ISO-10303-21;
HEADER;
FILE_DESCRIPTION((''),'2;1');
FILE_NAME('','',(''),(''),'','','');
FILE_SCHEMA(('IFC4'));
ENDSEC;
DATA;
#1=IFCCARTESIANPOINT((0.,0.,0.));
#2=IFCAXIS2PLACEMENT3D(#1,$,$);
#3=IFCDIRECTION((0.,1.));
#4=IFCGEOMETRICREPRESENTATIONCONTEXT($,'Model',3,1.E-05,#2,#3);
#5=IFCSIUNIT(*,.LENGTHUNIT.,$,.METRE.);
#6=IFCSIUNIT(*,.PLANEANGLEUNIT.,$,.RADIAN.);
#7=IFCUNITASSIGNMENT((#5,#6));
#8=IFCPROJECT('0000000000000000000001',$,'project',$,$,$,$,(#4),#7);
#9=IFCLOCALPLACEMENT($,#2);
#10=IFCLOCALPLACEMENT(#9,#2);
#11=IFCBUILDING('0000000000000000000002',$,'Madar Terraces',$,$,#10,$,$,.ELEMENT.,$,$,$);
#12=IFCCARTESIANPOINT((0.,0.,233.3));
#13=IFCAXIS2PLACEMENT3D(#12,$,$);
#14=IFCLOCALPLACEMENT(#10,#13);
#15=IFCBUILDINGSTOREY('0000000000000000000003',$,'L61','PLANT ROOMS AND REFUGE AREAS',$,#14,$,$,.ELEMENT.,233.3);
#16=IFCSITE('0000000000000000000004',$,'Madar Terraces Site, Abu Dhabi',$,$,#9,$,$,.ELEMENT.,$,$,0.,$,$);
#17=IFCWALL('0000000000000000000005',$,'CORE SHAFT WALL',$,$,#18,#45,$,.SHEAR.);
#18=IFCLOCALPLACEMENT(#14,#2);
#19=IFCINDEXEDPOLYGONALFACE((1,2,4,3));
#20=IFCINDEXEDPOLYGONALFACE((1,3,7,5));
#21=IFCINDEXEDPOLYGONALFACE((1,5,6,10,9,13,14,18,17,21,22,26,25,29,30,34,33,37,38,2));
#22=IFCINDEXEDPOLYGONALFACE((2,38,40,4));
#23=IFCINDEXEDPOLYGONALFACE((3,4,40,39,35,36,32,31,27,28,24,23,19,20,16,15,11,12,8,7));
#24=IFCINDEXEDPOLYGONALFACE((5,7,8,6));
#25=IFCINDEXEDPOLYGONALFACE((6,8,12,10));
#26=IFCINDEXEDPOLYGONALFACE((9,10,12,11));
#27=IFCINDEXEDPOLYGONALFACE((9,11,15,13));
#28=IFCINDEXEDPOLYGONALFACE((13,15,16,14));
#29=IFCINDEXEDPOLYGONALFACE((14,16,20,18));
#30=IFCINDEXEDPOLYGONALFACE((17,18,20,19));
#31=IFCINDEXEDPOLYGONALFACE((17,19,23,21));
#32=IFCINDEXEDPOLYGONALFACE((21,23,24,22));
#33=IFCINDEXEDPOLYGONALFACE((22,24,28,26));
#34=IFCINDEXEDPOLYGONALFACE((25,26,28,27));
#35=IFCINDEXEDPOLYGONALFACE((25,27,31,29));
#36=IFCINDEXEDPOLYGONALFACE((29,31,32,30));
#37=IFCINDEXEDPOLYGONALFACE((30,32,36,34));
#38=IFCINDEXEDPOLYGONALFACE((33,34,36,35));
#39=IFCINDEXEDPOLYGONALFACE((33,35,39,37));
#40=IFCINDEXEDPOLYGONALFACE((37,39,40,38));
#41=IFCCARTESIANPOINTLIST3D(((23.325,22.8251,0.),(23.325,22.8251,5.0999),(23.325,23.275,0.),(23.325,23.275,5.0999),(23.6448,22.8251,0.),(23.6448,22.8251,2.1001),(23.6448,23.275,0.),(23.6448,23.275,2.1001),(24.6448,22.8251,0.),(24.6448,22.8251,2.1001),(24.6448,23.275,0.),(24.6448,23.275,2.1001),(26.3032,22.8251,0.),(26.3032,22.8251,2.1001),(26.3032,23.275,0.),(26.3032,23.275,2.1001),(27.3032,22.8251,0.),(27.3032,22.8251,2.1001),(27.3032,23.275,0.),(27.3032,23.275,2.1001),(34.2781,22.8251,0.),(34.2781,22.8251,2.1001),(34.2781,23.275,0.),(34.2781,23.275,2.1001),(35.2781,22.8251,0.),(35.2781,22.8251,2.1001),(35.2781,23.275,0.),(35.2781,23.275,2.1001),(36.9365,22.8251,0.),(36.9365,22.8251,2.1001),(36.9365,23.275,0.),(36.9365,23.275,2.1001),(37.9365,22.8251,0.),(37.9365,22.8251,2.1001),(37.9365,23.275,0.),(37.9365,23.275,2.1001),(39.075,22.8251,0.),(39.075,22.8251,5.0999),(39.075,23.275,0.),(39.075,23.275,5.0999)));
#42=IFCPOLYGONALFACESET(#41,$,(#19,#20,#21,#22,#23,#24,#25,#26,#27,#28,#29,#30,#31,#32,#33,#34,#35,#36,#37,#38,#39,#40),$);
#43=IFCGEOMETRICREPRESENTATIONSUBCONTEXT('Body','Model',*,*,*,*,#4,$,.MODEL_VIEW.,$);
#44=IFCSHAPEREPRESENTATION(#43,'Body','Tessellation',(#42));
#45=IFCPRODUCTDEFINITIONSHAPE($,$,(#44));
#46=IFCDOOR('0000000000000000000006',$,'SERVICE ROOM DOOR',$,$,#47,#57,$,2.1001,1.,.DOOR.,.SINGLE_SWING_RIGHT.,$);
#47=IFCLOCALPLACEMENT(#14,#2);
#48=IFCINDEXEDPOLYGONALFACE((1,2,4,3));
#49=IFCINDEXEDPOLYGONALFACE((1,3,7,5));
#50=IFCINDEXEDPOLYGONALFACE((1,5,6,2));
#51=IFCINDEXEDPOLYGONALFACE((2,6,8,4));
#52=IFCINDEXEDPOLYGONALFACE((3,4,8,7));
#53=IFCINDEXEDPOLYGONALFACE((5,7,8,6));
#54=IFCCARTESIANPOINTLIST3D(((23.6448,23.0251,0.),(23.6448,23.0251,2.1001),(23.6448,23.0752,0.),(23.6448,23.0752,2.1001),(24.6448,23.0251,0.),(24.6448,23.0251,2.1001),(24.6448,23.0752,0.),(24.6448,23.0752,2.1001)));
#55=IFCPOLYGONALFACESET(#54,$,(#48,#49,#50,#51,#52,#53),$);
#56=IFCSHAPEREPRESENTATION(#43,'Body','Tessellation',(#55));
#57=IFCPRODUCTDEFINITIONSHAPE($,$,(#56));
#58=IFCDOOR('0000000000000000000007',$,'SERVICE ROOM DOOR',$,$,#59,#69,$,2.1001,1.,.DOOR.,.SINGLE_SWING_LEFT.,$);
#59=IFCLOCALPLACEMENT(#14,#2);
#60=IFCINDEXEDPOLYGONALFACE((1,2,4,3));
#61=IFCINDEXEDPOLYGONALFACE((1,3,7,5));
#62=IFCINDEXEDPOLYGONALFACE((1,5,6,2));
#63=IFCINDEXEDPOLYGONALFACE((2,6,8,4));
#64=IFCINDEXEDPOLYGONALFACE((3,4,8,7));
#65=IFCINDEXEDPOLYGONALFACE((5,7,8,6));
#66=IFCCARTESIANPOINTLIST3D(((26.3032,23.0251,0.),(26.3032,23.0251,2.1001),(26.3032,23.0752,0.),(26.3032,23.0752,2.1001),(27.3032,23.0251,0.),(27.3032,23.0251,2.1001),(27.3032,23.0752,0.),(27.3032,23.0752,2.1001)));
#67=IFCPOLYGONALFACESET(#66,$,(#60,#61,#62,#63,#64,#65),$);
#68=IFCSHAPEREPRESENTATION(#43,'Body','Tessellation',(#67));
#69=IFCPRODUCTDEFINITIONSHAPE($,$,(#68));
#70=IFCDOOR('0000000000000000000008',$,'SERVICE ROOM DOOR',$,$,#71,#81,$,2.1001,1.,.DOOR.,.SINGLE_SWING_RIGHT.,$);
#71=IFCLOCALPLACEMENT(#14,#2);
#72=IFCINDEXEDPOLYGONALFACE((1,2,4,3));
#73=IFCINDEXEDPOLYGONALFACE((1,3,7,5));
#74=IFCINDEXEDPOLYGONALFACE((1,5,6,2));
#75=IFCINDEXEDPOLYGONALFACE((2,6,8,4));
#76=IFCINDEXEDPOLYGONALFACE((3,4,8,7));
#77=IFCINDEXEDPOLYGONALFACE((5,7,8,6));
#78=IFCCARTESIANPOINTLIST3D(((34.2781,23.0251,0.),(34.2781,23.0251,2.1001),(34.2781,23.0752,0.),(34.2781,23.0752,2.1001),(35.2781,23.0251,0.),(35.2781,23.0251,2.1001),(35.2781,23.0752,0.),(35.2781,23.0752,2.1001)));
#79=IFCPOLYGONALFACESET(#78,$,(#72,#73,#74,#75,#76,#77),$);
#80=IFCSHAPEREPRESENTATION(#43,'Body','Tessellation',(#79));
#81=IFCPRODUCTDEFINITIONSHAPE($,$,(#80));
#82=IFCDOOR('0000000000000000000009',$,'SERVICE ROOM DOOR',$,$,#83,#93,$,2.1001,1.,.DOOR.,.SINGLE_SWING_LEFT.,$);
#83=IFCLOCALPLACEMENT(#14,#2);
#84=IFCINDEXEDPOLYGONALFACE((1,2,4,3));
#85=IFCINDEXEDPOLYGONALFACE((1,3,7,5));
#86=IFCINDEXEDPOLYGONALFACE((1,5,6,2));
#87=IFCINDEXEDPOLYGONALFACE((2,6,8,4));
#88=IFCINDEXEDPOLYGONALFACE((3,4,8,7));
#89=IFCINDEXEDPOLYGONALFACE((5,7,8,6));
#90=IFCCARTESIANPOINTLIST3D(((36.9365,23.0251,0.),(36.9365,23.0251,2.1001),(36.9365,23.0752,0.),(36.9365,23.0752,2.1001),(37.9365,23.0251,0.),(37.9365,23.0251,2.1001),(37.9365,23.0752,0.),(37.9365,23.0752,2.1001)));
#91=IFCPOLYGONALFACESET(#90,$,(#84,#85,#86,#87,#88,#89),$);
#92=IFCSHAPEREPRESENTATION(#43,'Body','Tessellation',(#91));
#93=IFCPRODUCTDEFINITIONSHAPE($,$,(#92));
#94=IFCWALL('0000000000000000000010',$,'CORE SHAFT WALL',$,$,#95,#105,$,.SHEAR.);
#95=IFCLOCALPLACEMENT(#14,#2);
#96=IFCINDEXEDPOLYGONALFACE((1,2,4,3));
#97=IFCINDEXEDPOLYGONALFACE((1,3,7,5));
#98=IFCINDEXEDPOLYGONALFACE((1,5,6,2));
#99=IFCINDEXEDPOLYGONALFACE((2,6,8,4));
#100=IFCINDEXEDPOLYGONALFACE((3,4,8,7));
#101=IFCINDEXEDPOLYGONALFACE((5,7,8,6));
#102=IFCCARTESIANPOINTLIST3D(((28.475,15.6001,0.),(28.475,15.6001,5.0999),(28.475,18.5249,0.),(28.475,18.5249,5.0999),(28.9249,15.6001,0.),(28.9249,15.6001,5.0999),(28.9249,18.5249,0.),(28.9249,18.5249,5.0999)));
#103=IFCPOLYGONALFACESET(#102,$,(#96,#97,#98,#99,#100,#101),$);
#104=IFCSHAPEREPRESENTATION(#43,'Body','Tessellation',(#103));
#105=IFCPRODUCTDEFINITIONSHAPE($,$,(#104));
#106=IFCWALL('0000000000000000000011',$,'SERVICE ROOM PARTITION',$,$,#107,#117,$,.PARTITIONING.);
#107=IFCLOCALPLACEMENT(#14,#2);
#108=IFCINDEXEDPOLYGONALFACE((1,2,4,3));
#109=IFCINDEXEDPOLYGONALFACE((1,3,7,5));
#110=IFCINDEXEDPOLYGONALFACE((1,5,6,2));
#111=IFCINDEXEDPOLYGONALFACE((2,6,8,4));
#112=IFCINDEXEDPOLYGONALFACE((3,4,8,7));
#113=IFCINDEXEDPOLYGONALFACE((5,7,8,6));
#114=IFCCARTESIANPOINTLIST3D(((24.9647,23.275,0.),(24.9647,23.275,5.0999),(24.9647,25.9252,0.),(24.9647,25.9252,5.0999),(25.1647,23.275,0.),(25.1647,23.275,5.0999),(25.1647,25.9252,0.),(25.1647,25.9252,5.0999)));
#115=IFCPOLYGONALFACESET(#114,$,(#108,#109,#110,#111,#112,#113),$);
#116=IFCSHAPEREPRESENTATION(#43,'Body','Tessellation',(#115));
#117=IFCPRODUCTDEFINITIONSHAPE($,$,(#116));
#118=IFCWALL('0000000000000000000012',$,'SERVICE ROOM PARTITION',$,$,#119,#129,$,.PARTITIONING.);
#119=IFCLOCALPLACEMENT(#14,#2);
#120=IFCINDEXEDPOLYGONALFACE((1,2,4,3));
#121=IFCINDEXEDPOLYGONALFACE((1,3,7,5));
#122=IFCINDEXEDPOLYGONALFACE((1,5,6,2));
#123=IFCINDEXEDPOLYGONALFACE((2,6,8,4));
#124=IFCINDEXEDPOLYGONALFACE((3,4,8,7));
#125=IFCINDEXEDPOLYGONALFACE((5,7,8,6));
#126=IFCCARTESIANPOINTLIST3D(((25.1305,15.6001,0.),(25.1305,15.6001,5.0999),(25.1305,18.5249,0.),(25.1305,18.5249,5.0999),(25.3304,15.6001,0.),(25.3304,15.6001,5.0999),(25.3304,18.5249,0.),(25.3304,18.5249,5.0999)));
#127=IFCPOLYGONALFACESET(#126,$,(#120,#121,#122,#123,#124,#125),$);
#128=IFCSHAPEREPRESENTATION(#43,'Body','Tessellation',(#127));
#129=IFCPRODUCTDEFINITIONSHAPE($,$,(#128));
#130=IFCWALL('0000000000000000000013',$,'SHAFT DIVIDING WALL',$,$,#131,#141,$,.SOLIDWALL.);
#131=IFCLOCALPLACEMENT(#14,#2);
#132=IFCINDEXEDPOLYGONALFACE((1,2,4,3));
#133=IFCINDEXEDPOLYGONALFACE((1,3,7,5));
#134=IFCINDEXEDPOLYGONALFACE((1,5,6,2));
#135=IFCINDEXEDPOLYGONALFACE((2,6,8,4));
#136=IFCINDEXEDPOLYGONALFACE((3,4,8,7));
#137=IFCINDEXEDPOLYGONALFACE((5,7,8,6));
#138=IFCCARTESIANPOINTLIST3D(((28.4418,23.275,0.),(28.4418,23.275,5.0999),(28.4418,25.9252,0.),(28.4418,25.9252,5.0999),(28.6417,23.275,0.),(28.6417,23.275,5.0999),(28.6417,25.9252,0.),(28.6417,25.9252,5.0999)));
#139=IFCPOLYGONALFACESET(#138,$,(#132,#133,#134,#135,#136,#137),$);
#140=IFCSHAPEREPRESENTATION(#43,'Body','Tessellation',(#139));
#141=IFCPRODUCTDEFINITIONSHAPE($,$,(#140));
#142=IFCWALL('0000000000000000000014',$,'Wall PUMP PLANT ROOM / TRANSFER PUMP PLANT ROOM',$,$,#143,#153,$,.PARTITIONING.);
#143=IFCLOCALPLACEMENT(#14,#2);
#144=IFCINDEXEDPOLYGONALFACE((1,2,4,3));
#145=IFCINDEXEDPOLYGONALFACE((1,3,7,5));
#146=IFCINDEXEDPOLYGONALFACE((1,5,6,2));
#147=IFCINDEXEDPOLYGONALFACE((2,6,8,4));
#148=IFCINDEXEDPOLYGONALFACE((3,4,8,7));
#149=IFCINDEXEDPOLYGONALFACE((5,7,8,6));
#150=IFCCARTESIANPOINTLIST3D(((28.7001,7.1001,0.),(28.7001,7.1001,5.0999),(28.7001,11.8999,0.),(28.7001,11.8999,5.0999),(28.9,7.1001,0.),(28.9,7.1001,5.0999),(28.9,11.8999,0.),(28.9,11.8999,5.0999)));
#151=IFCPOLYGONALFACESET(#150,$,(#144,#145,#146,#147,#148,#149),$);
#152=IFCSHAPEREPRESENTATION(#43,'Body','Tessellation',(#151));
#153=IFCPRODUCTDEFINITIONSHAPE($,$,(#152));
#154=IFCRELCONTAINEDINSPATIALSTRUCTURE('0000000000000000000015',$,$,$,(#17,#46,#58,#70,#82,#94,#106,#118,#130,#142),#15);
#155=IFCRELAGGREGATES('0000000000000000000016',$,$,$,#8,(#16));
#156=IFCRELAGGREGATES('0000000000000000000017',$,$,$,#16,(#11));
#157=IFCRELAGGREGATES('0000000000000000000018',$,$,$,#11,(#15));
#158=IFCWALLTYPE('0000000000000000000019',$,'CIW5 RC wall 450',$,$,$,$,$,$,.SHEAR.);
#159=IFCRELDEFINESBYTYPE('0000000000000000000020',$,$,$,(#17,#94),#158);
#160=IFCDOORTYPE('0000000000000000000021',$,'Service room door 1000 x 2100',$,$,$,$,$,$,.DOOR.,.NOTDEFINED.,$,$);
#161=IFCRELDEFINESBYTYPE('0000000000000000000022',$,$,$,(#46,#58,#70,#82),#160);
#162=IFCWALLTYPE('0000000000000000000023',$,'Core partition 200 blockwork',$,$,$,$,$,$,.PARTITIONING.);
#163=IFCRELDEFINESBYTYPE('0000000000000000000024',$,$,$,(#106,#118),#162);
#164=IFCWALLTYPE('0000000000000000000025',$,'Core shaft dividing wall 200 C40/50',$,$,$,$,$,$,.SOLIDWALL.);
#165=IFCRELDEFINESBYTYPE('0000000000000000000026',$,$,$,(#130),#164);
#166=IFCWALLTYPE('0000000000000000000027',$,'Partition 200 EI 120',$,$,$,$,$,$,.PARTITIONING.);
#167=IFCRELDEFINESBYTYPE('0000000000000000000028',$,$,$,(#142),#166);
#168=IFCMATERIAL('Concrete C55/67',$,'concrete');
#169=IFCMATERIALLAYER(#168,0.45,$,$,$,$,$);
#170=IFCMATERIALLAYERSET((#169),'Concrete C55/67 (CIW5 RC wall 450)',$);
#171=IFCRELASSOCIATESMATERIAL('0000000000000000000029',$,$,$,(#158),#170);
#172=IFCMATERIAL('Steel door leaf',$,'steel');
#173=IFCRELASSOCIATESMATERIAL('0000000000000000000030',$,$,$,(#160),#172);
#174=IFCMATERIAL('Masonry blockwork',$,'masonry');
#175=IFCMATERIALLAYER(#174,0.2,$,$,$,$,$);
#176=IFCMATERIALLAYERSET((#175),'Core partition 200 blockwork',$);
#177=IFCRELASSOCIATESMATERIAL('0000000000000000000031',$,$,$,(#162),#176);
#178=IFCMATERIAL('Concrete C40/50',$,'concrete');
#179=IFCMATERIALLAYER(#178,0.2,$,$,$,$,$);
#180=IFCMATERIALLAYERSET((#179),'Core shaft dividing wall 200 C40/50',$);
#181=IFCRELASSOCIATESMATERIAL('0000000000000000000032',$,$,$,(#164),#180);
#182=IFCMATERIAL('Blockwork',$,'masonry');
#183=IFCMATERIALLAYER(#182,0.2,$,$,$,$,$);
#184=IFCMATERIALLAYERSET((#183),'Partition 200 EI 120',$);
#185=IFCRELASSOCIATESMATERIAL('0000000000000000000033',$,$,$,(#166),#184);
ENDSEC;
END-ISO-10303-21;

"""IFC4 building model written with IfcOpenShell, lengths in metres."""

from ifc_helpers import new_model, si_unit, direction, frame, frame_2d, origin, place, context, subcontext, project, spatial, rectangle, extrude, material, layer, layer_set, type_object, element, fill, save


model = new_model("IFC4")

# Units and contexts
model_context = context("Model", 3, precision=1e-05, world=origin(), true_north=direction((0.0, 1.0)))
body_context = subcontext(model_context, "Body", "Model", "MODEL_VIEW")
ifc_project = project(units=[si_unit("LENGTHUNIT", "METRE"), si_unit("PLANEANGLEUNIT", "RADIAN")], contexts=[model_context])

# Site, building, storey
site_placement = place(None, origin())
site = spatial("IfcSite", under=ifc_project, at=site_placement, Name="Madar Terraces Site, Abu Dhabi", CompositionType="ELEMENT", RefElevation=0.0)
building_placement = place(site_placement, origin())
building = spatial("IfcBuilding", under=site, at=building_placement, Name="Madar Terraces", CompositionType="ELEMENT")
storey_placement = place(building_placement, frame((0.0, 0.0, 233.3)))
storey = spatial("IfcBuildingStorey", under=building, at=storey_placement, Name="L61", Description="PLANT ROOMS AND REFUGE AREAS", CompositionType="ELEMENT", Elevation=233.3)

# Shared definitions
ifc_material_1 = material(Name="Concrete C55/67", Category="concrete")
ifc_layer_1 = layer(ifc_material_1, 0.45)
ifc_layer_set_1 = layer_set([ifc_layer_1], Name="Concrete C55/67 (CIW5 RC wall 450)")
wall_type_1 = type_object("IfcWallType", Name="CIW5 RC wall 450", PredefinedType="SHEAR", material=ifc_layer_set_1)

# Wall, openings, doors
ifc_material_2 = material(Name="Steel door leaf", Category="steel")
door_type_1 = type_object("IfcDoorType", Name="Service room door 1000 x 2100", OperationType="NOTDEFINED", PredefinedType="DOOR", material=ifc_material_2)
wall_1_placement = place(storey_placement, frame((23.325, 23.05, 0.0), z_axis=(0.0, 0.0, 1.0), x_axis=(1.0, 0.0, 0.0)))
wall_1 = element("IfcWall", 1, at=wall_1_placement, inside=storey, type_object=wall_type_1, Name="CORE SHAFT WALL", PredefinedType="SHEAR", context=body_context, shape_type="SweptSolid", body=[
    extrude(rectangle(XDim=15.75, YDim=0.45, at=frame_2d((7.875, 0.0))), origin(), (0.0, 0.0, 1.0), 5.0999),
])
opening_1_placement = place(wall_1_placement, frame((0.3198, 0.0, 0.0)))
opening_1 = element("IfcOpeningElement", 2, at=opening_1_placement, cuts=wall_1, PredefinedType="OPENING", context=body_context, shape_type="SweptSolid", body=[
    extrude(rectangle(XDim=1.0, YDim=2.1001, at=frame_2d((0.5, 1.05))), frame((0.0, 0.2349, 0.0), z_axis=(0.0, -1.0, 0.0), x_axis=(1.0, 0.0, 0.0)), (0.0, 0.0, 1.0), 0.47),
])
opening_2_placement = place(wall_1_placement, frame((2.9783, 0.0, 0.0)))
opening_2 = element("IfcOpeningElement", 3, at=opening_2_placement, cuts=wall_1, PredefinedType="OPENING", context=body_context, shape_type="SweptSolid", body=[
    extrude(rectangle(XDim=1.0, YDim=2.1001, at=frame_2d((0.5, 1.05))), frame((0.0, 0.2349, 0.0), z_axis=(0.0, -1.0, 0.0), x_axis=(1.0, 0.0, 0.0)), (0.0, 0.0, 1.0), 0.47),
])
opening_3_placement = place(wall_1_placement, frame((10.9531, 0.0, 0.0)))
opening_3 = element("IfcOpeningElement", 4, at=opening_3_placement, cuts=wall_1, PredefinedType="OPENING", context=body_context, shape_type="SweptSolid", body=[
    extrude(rectangle(XDim=1.0, YDim=2.1001, at=frame_2d((0.5, 1.05))), frame((0.0, 0.2349, 0.0), z_axis=(0.0, -1.0, 0.0), x_axis=(1.0, 0.0, 0.0)), (0.0, 0.0, 1.0), 0.47),
])
opening_4_placement = place(wall_1_placement, frame((13.6116, 0.0, 0.0)))
opening_4 = element("IfcOpeningElement", 5, at=opening_4_placement, cuts=wall_1, PredefinedType="OPENING", context=body_context, shape_type="SweptSolid", body=[
    extrude(rectangle(XDim=1.0, YDim=2.1001, at=frame_2d((0.5, 1.05))), frame((0.0, 0.2349, 0.0), z_axis=(0.0, -1.0, 0.0), x_axis=(1.0, 0.0, 0.0)), (0.0, 0.0, 1.0), 0.47),
])
door_1_placement = place(opening_1_placement, frame((1.0, 0.0, 0.0), z_axis=(0.0, 0.0, 1.0), x_axis=(-1.0, 0.0, 0.0)))
door_1 = element("IfcDoor", 6, at=door_1_placement, inside=storey, type_object=door_type_1, Name="SERVICE ROOM DOOR", OperationType="SINGLE_SWING_RIGHT", OverallHeight=2.1001, OverallWidth=1.0, PredefinedType="DOOR", context=body_context, shape_type="SweptSolid", body=[
    extrude(rectangle(XDim=1.0, YDim=2.1001, at=frame_2d((0.5, 1.05))), frame((0.0, 0.0249, 0.0), z_axis=(0.0, -1.0, 0.0), x_axis=(1.0, 0.0, 0.0)), (0.0, 0.0, 1.0), 0.05),
])
fill(opening_1, door_1)
door_2_placement = place(opening_2_placement, frame((1.0, 0.0, 0.0), z_axis=(0.0, 0.0, 1.0), x_axis=(-1.0, 0.0, 0.0)))
door_2 = element("IfcDoor", 7, at=door_2_placement, inside=storey, type_object=door_type_1, Name="SERVICE ROOM DOOR", OperationType="SINGLE_SWING_LEFT", OverallHeight=2.1001, OverallWidth=1.0, PredefinedType="DOOR", context=body_context, shape_type="SweptSolid", body=[
    extrude(rectangle(XDim=1.0, YDim=2.1001, at=frame_2d((0.5, 1.05))), frame((0.0, 0.0249, 0.0), z_axis=(0.0, -1.0, 0.0), x_axis=(1.0, 0.0, 0.0)), (0.0, 0.0, 1.0), 0.05),
])
fill(opening_2, door_2)
door_3_placement = place(opening_3_placement, frame((1.0, 0.0, 0.0), z_axis=(0.0, 0.0, 1.0), x_axis=(-1.0, 0.0, 0.0)))
door_3 = element("IfcDoor", 8, at=door_3_placement, inside=storey, type_object=door_type_1, Name="SERVICE ROOM DOOR", OperationType="SINGLE_SWING_RIGHT", OverallHeight=2.1001, OverallWidth=1.0, PredefinedType="DOOR", context=body_context, shape_type="SweptSolid", body=[
    extrude(rectangle(XDim=1.0, YDim=2.1001, at=frame_2d((0.5, 1.05))), frame((0.0, 0.0249, 0.0), z_axis=(0.0, -1.0, 0.0), x_axis=(1.0, 0.0, 0.0)), (0.0, 0.0, 1.0), 0.05),
])
fill(opening_3, door_3)
door_4_placement = place(opening_4_placement, frame((1.0, 0.0, 0.0), z_axis=(0.0, 0.0, 1.0), x_axis=(-1.0, 0.0, 0.0)))
door_4 = element("IfcDoor", 9, at=door_4_placement, inside=storey, type_object=door_type_1, Name="SERVICE ROOM DOOR", OperationType="SINGLE_SWING_LEFT", OverallHeight=2.1001, OverallWidth=1.0, PredefinedType="DOOR", context=body_context, shape_type="SweptSolid", body=[
    extrude(rectangle(XDim=1.0, YDim=2.1001, at=frame_2d((0.5, 1.05))), frame((0.0, 0.0249, 0.0), z_axis=(0.0, -1.0, 0.0), x_axis=(1.0, 0.0, 0.0)), (0.0, 0.0, 1.0), 0.05),
])
fill(opening_4, door_4)

# Walls
wall_2_placement = place(storey_placement, frame((28.7, 15.6001, 0.0), z_axis=(0.0, 0.0, 1.0), x_axis=(0.0, 1.0, 0.0)))
element("IfcWall", 10, at=wall_2_placement, inside=storey, type_object=wall_type_1, Name="CORE SHAFT WALL", PredefinedType="SHEAR", context=body_context, shape_type="SweptSolid", body=[
    extrude(rectangle(XDim=2.9248, YDim=0.45, at=frame_2d((1.4624, 0.0))), origin(), (0.0, 0.0, 1.0), 5.0999),
])
ifc_material_3 = material(Name="Masonry blockwork", Category="masonry")
ifc_layer_2 = layer(ifc_material_3, 0.2)
ifc_layer_set_2 = layer_set([ifc_layer_2], Name="Core partition 200 blockwork")
wall_type_2 = type_object("IfcWallType", Name="Core partition 200 blockwork", PredefinedType="PARTITIONING", material=ifc_layer_set_2)
wall_3_placement = place(storey_placement, frame((25.0647, 23.2749, 0.0), z_axis=(0.0, 0.0, 1.0), x_axis=(0.0, 1.0, 0.0)))
element("IfcWall", 11, at=wall_3_placement, inside=storey, type_object=wall_type_2, Name="SERVICE ROOM PARTITION", PredefinedType="PARTITIONING", context=body_context, shape_type="SweptSolid", body=[
    extrude(rectangle(XDim=2.6501, YDim=0.2, at=frame_2d((1.3252, 0.0))), origin(), (0.0, 0.0, 1.0), 5.0999),
])
wall_4_placement = place(storey_placement, frame((25.2305, 15.6001, 0.0), z_axis=(0.0, 0.0, 1.0), x_axis=(0.0, 1.0, 0.0)))
element("IfcWall", 12, at=wall_4_placement, inside=storey, type_object=wall_type_2, Name="SERVICE ROOM PARTITION", PredefinedType="PARTITIONING", context=body_context, shape_type="SweptSolid", body=[
    extrude(rectangle(XDim=2.9248, YDim=0.2, at=frame_2d((1.4624, 0.0))), origin(), (0.0, 0.0, 1.0), 5.0999),
])
ifc_material_4 = material(Name="Concrete C40/50", Category="concrete")
ifc_layer_3 = layer(ifc_material_4, 0.2)
ifc_layer_set_3 = layer_set([ifc_layer_3], Name="Core shaft dividing wall 200 C40/50")
wall_type_3 = type_object("IfcWallType", Name="Core shaft dividing wall 200 C40/50", PredefinedType="SOLIDWALL", material=ifc_layer_set_3)
wall_5_placement = place(storey_placement, frame((28.5417, 23.2749, 0.0), z_axis=(0.0, 0.0, 1.0), x_axis=(0.0, 1.0, 0.0)))
element("IfcWall", 13, at=wall_5_placement, inside=storey, type_object=wall_type_3, Name="SHAFT DIVIDING WALL", PredefinedType="SOLIDWALL", context=body_context, shape_type="SweptSolid", body=[
    extrude(rectangle(XDim=2.6501, YDim=0.2, at=frame_2d((1.3252, 0.0))), origin(), (0.0, 0.0, 1.0), 5.0999),
])
ifc_material_5 = material(Name="Blockwork", Category="masonry")
ifc_layer_4 = layer(ifc_material_5, 0.2)
ifc_layer_set_4 = layer_set([ifc_layer_4], Name="Partition 200 EI 120")
wall_type_4 = type_object("IfcWallType", Name="Partition 200 EI 120", PredefinedType="PARTITIONING", material=ifc_layer_set_4)
wall_6_placement = place(storey_placement, frame((28.8, 7.1001, 0.0), z_axis=(0.0, 0.0, 1.0), x_axis=(0.0, 1.0, 0.0)))
element("IfcWall", 14, at=wall_6_placement, inside=storey, type_object=wall_type_4, Name="Wall PUMP PLANT ROOM / TRANSFER PUMP PLANT ROOM", PredefinedType="PARTITIONING", context=body_context, shape_type="SweptSolid", body=[
    extrude(rectangle(XDim=4.7998, YDim=0.2, at=frame_2d((2.3999, 0.0))), origin(), (0.0, 0.0, 1.0), 5.0999),
])

save(model, "model.ifc")
